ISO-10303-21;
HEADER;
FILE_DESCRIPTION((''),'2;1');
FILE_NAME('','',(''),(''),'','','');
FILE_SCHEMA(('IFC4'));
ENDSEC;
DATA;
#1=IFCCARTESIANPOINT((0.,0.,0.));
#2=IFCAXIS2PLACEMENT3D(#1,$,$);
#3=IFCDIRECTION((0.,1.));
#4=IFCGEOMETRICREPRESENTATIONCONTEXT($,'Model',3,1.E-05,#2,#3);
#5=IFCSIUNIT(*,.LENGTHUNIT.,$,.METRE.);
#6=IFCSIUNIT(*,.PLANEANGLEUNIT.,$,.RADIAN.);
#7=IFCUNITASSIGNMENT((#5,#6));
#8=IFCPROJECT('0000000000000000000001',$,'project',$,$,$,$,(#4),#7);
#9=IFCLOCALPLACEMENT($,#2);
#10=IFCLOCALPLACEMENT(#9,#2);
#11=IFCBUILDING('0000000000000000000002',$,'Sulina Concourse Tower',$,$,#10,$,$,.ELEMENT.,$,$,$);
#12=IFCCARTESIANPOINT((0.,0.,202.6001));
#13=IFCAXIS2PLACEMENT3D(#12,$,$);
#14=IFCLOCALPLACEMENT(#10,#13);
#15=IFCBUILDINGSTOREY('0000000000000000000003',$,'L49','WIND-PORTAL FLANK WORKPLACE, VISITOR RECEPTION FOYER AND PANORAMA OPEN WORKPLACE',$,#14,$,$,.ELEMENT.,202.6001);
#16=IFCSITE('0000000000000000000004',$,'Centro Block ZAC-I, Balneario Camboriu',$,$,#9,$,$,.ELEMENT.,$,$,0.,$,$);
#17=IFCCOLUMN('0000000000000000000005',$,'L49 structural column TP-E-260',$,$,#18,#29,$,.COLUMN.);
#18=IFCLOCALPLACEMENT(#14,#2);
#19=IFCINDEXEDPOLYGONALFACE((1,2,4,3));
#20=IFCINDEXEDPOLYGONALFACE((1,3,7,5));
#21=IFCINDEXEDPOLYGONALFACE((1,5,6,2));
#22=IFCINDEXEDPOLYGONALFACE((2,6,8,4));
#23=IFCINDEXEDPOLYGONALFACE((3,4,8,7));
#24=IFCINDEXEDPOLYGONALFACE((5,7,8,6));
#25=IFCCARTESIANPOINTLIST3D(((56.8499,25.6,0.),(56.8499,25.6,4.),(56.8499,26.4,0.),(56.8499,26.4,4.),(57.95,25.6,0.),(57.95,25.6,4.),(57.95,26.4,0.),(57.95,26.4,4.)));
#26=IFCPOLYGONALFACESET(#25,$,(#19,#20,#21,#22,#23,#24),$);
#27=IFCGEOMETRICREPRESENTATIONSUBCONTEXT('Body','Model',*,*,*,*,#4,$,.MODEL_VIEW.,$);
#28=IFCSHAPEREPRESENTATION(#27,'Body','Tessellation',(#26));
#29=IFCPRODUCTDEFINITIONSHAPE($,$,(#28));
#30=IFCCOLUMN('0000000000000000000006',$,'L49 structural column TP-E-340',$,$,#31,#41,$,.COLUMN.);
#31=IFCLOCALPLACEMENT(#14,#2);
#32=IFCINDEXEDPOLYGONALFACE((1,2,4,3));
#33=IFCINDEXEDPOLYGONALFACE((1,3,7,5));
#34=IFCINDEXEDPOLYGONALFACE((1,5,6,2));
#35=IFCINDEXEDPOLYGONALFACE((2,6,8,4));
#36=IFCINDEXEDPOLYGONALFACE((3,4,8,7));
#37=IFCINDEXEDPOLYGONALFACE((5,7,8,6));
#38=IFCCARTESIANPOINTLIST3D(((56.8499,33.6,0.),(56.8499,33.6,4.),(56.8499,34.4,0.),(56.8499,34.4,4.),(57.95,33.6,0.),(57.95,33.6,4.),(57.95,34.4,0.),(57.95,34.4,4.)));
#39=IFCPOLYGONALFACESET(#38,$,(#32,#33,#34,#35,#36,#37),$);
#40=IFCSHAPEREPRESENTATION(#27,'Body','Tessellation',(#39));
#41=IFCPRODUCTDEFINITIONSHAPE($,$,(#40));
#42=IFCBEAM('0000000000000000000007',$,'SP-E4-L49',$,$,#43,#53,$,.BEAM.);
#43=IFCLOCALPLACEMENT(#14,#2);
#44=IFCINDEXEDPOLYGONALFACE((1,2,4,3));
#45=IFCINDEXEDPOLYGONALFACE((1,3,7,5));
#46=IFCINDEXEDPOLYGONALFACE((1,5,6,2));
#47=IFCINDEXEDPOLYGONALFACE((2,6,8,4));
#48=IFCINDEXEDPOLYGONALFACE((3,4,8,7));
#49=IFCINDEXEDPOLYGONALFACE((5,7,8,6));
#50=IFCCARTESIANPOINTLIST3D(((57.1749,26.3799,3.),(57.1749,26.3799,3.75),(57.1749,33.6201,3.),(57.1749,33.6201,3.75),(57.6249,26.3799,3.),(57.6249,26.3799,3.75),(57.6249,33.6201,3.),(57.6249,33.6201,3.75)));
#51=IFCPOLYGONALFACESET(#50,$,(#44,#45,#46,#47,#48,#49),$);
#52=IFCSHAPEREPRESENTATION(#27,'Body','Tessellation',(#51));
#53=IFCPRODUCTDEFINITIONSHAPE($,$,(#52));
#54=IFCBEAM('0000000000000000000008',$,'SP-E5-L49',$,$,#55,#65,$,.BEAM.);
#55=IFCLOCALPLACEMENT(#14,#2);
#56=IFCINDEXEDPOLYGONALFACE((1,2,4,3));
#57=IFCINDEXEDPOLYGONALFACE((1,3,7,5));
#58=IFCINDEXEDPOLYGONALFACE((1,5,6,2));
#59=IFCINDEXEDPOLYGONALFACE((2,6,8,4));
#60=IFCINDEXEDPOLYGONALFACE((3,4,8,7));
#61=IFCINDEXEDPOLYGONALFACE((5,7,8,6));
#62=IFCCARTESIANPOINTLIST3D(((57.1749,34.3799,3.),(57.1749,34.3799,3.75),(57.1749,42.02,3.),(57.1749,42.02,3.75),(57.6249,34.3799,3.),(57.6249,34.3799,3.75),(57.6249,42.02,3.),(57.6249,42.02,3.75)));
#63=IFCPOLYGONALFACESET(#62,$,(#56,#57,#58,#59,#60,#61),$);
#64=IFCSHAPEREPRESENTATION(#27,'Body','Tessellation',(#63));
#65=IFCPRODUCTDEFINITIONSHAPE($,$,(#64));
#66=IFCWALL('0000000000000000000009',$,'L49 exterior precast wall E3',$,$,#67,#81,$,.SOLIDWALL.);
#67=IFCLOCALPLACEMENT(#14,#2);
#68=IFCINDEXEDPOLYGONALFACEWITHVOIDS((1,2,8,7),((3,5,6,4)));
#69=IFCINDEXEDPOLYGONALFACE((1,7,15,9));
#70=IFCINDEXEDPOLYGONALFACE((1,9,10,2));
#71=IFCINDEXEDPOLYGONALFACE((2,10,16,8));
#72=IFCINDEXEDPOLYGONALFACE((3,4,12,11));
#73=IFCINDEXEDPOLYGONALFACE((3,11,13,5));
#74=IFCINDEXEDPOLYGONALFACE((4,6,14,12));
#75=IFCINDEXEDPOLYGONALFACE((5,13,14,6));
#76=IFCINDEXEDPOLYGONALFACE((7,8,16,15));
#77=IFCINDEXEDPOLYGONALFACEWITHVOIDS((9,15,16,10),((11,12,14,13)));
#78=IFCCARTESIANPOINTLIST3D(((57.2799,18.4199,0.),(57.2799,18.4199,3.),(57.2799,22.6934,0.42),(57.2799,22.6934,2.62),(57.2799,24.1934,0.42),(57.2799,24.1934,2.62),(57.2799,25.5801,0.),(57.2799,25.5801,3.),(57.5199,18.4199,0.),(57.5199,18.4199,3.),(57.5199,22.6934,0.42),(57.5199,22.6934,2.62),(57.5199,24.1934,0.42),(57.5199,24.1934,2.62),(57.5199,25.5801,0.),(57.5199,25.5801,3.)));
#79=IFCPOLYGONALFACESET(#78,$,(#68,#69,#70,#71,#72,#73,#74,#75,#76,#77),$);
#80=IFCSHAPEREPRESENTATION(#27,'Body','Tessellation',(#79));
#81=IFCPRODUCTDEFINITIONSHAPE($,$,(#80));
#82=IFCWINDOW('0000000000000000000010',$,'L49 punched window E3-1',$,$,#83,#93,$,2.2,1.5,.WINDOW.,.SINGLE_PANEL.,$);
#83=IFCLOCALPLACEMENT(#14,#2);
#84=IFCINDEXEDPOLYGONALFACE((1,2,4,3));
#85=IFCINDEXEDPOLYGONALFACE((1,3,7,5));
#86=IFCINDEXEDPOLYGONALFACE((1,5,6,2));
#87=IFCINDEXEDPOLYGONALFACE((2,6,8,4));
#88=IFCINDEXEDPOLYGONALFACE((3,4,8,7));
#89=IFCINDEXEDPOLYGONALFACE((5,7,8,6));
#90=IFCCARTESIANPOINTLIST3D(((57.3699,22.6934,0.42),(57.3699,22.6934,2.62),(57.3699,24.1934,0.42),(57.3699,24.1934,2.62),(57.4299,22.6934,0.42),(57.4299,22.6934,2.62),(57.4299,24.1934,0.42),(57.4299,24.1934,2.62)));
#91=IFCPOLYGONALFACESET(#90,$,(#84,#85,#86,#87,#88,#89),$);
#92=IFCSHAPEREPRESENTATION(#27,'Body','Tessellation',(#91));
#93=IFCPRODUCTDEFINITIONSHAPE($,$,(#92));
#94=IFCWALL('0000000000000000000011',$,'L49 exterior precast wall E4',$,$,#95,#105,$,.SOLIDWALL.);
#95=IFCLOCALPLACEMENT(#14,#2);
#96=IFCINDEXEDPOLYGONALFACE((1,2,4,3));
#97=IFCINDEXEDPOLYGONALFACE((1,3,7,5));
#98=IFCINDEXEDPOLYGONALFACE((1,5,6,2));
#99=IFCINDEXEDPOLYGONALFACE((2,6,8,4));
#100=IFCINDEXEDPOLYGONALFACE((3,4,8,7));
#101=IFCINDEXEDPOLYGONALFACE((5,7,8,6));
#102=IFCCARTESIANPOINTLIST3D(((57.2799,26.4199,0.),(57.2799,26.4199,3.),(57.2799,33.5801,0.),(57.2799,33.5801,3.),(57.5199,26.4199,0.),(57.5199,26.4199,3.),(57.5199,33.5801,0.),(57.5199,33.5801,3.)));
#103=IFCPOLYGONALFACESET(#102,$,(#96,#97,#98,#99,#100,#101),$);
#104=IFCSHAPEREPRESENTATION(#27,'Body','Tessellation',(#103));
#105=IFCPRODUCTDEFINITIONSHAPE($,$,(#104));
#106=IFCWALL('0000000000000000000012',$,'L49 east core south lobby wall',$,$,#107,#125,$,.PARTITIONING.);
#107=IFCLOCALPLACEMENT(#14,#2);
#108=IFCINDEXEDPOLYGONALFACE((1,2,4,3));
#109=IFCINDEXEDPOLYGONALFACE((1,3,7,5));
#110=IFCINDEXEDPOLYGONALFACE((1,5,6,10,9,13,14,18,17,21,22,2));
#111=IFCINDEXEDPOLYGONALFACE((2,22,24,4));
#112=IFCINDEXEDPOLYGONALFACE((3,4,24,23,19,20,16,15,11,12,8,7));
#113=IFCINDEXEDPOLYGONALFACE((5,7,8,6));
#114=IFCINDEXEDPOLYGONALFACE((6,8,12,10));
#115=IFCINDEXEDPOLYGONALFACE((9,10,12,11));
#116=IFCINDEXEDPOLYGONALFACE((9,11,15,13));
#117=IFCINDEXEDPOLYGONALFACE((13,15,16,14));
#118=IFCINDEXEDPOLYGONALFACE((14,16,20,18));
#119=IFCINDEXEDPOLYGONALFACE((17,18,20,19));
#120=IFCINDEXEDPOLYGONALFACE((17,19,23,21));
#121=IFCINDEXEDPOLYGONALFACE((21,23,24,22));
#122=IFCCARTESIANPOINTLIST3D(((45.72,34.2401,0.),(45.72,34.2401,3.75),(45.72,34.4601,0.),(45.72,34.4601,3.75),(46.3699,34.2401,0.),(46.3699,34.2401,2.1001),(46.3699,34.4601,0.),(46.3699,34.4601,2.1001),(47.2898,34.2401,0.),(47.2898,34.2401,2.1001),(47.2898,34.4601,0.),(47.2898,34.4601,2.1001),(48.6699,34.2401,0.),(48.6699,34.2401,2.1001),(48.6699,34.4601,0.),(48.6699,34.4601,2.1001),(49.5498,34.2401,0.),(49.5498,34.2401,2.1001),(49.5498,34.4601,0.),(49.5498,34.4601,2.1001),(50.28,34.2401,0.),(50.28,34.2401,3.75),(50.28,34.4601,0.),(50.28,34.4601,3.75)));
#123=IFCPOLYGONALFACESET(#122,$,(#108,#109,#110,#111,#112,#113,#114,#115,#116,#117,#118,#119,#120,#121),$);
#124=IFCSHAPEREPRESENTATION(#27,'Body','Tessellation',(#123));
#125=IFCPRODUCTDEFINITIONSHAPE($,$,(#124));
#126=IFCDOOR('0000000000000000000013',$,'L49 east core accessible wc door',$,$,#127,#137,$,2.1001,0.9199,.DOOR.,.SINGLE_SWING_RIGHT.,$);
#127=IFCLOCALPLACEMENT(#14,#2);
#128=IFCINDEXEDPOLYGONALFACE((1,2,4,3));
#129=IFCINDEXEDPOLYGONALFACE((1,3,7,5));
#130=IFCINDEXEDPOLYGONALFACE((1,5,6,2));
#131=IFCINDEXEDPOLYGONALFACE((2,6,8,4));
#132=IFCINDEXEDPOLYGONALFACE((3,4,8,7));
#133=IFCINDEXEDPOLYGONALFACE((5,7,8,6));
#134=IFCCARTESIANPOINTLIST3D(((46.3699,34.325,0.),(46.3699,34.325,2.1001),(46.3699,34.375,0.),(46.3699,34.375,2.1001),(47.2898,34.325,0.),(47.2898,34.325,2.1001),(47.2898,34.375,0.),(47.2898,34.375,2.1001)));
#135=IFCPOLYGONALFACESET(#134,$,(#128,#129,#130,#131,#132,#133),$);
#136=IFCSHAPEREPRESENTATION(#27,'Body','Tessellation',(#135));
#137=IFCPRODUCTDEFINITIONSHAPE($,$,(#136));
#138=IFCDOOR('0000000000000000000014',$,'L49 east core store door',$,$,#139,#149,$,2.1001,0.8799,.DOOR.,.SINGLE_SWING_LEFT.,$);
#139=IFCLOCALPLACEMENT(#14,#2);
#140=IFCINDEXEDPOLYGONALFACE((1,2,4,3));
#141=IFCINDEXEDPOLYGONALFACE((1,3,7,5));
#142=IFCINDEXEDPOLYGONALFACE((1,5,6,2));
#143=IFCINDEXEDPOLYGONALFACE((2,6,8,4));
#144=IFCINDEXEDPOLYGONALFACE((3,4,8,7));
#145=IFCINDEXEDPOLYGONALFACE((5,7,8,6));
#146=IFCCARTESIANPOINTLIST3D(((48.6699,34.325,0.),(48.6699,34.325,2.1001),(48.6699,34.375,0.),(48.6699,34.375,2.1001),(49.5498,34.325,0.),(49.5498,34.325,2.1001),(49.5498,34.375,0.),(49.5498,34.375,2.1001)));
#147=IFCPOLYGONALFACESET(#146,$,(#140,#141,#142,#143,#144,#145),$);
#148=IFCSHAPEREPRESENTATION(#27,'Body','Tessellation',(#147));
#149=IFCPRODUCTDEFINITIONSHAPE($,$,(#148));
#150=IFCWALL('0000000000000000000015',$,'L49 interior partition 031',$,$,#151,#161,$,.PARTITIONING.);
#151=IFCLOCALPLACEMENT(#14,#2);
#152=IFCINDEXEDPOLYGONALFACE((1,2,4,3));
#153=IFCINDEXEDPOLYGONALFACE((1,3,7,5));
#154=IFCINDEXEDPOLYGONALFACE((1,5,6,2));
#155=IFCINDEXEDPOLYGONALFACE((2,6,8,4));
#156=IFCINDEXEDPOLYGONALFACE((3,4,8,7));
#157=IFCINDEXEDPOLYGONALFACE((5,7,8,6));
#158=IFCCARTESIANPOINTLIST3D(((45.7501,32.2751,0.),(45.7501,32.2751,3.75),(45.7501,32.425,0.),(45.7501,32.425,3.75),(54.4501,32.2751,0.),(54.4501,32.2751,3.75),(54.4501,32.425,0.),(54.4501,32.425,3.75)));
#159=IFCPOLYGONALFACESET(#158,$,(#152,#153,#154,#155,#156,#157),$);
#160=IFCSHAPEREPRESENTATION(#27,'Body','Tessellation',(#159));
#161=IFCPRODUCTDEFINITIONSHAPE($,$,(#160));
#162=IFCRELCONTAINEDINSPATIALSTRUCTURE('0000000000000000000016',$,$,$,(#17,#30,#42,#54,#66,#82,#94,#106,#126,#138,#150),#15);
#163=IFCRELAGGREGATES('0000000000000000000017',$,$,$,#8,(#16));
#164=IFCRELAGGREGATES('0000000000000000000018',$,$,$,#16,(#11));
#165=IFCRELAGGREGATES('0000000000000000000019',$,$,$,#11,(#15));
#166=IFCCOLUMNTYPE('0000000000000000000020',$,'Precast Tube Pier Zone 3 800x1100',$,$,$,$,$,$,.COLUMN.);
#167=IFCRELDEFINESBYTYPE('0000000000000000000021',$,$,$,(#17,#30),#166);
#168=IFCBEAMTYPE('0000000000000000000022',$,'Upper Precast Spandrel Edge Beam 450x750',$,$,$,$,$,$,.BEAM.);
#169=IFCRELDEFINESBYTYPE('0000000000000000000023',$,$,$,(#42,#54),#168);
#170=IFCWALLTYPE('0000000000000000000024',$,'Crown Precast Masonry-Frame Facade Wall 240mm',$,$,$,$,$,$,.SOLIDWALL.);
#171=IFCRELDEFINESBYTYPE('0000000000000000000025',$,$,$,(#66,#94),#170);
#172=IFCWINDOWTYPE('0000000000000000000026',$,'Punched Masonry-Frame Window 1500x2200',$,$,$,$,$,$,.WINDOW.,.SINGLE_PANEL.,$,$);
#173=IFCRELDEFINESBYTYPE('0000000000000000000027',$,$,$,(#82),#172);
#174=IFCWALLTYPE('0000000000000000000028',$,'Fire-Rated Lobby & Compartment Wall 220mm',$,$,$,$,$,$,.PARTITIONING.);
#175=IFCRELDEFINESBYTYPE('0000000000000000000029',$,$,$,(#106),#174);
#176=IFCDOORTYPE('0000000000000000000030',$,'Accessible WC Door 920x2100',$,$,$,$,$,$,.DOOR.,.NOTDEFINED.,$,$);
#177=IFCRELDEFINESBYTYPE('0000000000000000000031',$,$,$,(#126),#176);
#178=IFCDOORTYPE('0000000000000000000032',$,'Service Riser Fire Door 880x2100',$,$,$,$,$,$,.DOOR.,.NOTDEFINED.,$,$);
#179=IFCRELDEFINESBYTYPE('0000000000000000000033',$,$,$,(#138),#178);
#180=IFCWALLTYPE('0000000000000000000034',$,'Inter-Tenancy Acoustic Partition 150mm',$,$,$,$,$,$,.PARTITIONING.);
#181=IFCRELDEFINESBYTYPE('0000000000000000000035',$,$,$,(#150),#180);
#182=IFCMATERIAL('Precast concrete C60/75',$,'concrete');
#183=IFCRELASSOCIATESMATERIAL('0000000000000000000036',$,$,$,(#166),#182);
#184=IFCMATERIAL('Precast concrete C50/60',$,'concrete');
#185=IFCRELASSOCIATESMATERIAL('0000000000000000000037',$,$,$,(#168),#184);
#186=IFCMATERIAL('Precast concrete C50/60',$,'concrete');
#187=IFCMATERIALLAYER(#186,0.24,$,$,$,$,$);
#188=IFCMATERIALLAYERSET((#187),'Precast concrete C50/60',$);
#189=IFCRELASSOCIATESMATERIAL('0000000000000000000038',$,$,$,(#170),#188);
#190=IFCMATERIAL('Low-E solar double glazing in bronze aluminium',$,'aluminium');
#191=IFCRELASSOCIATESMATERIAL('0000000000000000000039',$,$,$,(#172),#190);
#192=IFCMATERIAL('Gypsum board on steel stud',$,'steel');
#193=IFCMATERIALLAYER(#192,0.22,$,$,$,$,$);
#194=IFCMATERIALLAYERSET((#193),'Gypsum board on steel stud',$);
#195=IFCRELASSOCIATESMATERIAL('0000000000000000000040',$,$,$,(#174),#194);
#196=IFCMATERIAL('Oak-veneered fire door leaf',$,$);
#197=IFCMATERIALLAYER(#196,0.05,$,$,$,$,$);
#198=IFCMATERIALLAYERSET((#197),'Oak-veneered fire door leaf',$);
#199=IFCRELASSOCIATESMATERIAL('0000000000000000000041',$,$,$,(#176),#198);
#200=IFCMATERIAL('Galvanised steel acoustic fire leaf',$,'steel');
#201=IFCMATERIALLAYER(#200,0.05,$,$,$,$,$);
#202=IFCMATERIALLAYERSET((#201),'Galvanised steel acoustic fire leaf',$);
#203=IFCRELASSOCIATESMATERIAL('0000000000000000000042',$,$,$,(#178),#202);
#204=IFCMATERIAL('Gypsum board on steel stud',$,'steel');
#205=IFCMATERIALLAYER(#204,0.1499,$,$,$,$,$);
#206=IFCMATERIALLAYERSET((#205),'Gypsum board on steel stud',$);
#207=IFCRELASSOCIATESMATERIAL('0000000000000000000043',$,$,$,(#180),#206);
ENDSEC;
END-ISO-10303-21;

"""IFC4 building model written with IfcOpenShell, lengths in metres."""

from ifc_helpers import new_model, si_unit, direction, frame, frame_2d, origin, origin_2d, place, context, subcontext, project, spatial, rectangle, extrude, material, layer, layer_set, material_profile, profile_set, type_object, element, fill, save


model = new_model("IFC4")

# Units and contexts
model_context = context("Model", 3, precision=1e-05, world=origin(), true_north=direction((0.0, 1.0)))
body_context = subcontext(model_context, "Body", "Model", "MODEL_VIEW")
ifc_project = project(units=[si_unit("LENGTHUNIT", "METRE"), si_unit("PLANEANGLEUNIT", "RADIAN")], contexts=[model_context])

# Site, building, storey
site_placement = place(None, origin())
site = spatial("IfcSite", under=ifc_project, at=site_placement, Name="Centro Block ZAC-I, Balneario Camboriu", CompositionType="ELEMENT", RefElevation=0.0)
building_placement = place(site_placement, origin())
building = spatial("IfcBuilding", under=site, at=building_placement, Name="Sulina Concourse Tower", CompositionType="ELEMENT")
storey_placement = place(building_placement, frame((0.0, 0.0, 202.6001)))
storey = spatial("IfcBuildingStorey", under=building, at=storey_placement, Name="L49", Description="WIND-PORTAL FLANK WORKPLACE, VISITOR RECEPTION FOYER AND PANORAMA OPEN WORKPLACE", CompositionType="ELEMENT", Elevation=202.6001)

# Columns
ifc_material_1 = material(Name="Precast concrete C60/75", Category="concrete")
ifc_material_profile_1 = material_profile(ifc_material_1, rectangle(XDim=0.8, YDim=1.1001, at=origin_2d()), Name="PC 800x1100")
ifc_profile_set_1 = profile_set([ifc_material_profile_1], Name="Precast concrete C60/75")
column_type = type_object("IfcColumnType", Name="Precast Tube Pier Zone 3 800x1100", PredefinedType="COLUMN", material=ifc_profile_set_1)
for number, where, z_axis, x_axis, name in (
    (1, (57.3999, 26.0, 0.0), (0.0, 0.0, 1.0), (0.0, 1.0, 0.0), "L49 structural column TP-E-260"),
    (2, (57.3999, 34.0, 0.0), (0.0, 0.0, 1.0), (0.0, 1.0, 0.0), "L49 structural column TP-E-340"),
):
    element("IfcColumn", number, at=place(storey_placement, frame(where, z_axis=z_axis, x_axis=x_axis)), inside=storey, type_object=column_type, Name=name, PredefinedType="COLUMN", context=body_context, shape_type="SweptSolid", body=[
        extrude(rectangle(XDim=0.8, YDim=1.1001, at=origin_2d()), origin(), (0.0, 0.0, 1.0), 4.0),
    ])

# Beams
ifc_material_2 = material(Name="Precast concrete C50/60", Category="concrete")
ifc_material_profile_2 = material_profile(ifc_material_2, rectangle(XDim=0.45, YDim=0.75, at=origin_2d()), Name="RC 450x750")
ifc_profile_set_2 = profile_set([ifc_material_profile_2], Name="Precast concrete C50/60")
beam_type = type_object("IfcBeamType", Name="Upper Precast Spandrel Edge Beam 450x750", PredefinedType="BEAM", material=ifc_profile_set_2)
beam_1_placement = place(storey_placement, frame((57.3999, 26.3799, 3.375), z_axis=(0.0, 1.0, 0.0), x_axis=(-1.0, 0.0, 0.0)))
element("IfcBeam", 3, at=beam_1_placement, inside=storey, type_object=beam_type, Name="SP-E4-L49", PredefinedType="BEAM", context=body_context, shape_type="SweptSolid", body=[
    extrude(rectangle(XDim=0.45, YDim=0.75, at=origin_2d()), origin(), (0.0, 0.0, 1.0), 7.2402),
])
beam_2_placement = place(storey_placement, frame((57.3999, 34.3799, 3.375), z_axis=(0.0, 1.0, 0.0), x_axis=(-1.0, 0.0, 0.0)))
element("IfcBeam", 4, at=beam_2_placement, inside=storey, type_object=beam_type, Name="SP-E5-L49", PredefinedType="BEAM", context=body_context, shape_type="SweptSolid", body=[
    extrude(rectangle(XDim=0.45, YDim=0.75, at=origin_2d()), origin(), (0.0, 0.0, 1.0), 7.6401),
])

# Wall, opening, window
ifc_material_3 = material(Name="Precast concrete C50/60", Category="concrete")
ifc_layer_1 = layer(ifc_material_3, 0.24)
ifc_layer_set_1 = layer_set([ifc_layer_1], Name="Precast concrete C50/60")
wall_type_1 = type_object("IfcWallType", Name="Crown Precast Masonry-Frame Facade Wall 240mm", PredefinedType="SOLIDWALL", material=ifc_layer_set_1)
wall_1_placement = place(storey_placement, frame((57.3999, 25.5801, 0.0), z_axis=(0.0, 0.0, 1.0), x_axis=(0.0, -1.0, 0.0)))
wall_1 = element("IfcWall", 5, at=wall_1_placement, inside=storey, type_object=wall_type_1, Name="L49 exterior precast wall E3", PredefinedType="SOLIDWALL", context=body_context, shape_type="SweptSolid", body=[
    extrude(rectangle(XDim=7.1602, YDim=0.24, at=frame_2d((3.5801, 0.0))), origin(), (0.0, 0.0, 1.0), 3.0),
])
opening_1_placement = place(wall_1_placement, frame((1.3867, 0.0, 0.4199)))
opening_1 = element("IfcOpeningElement", 6, at=opening_1_placement, cuts=wall_1, PredefinedType="OPENING", context=body_context, shape_type="SweptSolid", body=[
    extrude(rectangle(XDim=1.5, YDim=2.2, at=frame_2d((0.75, 1.1001))), frame((0.0, 0.1299, 0.0), z_axis=(0.0, -1.0, 0.0), x_axis=(1.0, 0.0, 0.0)), (0.0, 0.0, 1.0), 0.26),
])
ifc_material_4 = material(Name="Low-E solar double glazing in bronze aluminium", Category="aluminium")
window_type = type_object("IfcWindowType", Name="Punched Masonry-Frame Window 1500x2200", PartitioningType="SINGLE_PANEL", PredefinedType="WINDOW", material=ifc_material_4)
window_placement = place(opening_1_placement, origin())
window = element("IfcWindow", 7, at=window_placement, inside=storey, type_object=window_type, Name="L49 punched window E3-1", OverallHeight=2.2, OverallWidth=1.5, PartitioningType="SINGLE_PANEL", PredefinedType="WINDOW", context=body_context, shape_type="SweptSolid", body=[
    extrude(rectangle(XDim=1.5, YDim=2.2, at=frame_2d((0.75, 1.1001))), frame((0.0, 0.03, 0.0), z_axis=(0.0, -1.0, 0.0), x_axis=(1.0, 0.0, 0.0)), (0.0, 0.0, 1.0), 0.0601),
])
fill(opening_1, window)

# Wall
wall_2_placement = place(storey_placement, frame((57.3999, 33.5801, 0.0), z_axis=(0.0, 0.0, 1.0), x_axis=(0.0, -1.0, 0.0)))
element("IfcWall", 8, at=wall_2_placement, inside=storey, type_object=wall_type_1, Name="L49 exterior precast wall E4", PredefinedType="SOLIDWALL", context=body_context, shape_type="SweptSolid", body=[
    extrude(rectangle(XDim=7.1602, YDim=0.24, at=frame_2d((3.5801, 0.0))), origin(), (0.0, 0.0, 1.0), 3.0),
])

# Wall, openings, doors
ifc_material_5 = material(Name="Gypsum board on steel stud", Category="steel")
ifc_layer_2 = layer(ifc_material_5, 0.22)
ifc_layer_set_2 = layer_set([ifc_layer_2], Name="Gypsum board on steel stud")
wall_type_2 = type_object("IfcWallType", Name="Fire-Rated Lobby & Compartment Wall 220mm", PredefinedType="PARTITIONING", material=ifc_layer_set_2)
wall_3_placement = place(storey_placement, frame((45.72, 34.3501, 0.0), z_axis=(0.0, 0.0, 1.0), x_axis=(1.0, 0.0, 0.0)))
wall_3 = element("IfcWall", 9, at=wall_3_placement, inside=storey, type_object=wall_type_2, Name="L49 east core south lobby wall", PredefinedType="PARTITIONING", context=body_context, shape_type="SweptSolid", body=[
    extrude(rectangle(XDim=4.5601, YDim=0.22, at=frame_2d((2.28, 0.0))), origin(), (0.0, 0.0, 1.0), 3.75),
])
opening_2_placement = place(wall_3_placement, frame((0.6499, 0.0, 0.0)))
opening_2 = element("IfcOpeningElement", 10, at=opening_2_placement, cuts=wall_3, PredefinedType="OPENING", context=body_context, shape_type="SweptSolid", body=[
    extrude(rectangle(XDim=0.9199, YDim=2.1001, at=frame_2d((0.46, 1.05))), frame((0.0, 0.1199, 0.0), z_axis=(0.0, -1.0, 0.0), x_axis=(1.0, 0.0, 0.0)), (0.0, 0.0, 1.0), 0.24),
])
opening_3_placement = place(wall_3_placement, frame((2.95, 0.0, 0.0)))
opening_3 = element("IfcOpeningElement", 11, at=opening_3_placement, cuts=wall_3, PredefinedType="OPENING", context=body_context, shape_type="SweptSolid", body=[
    extrude(rectangle(XDim=0.8799, YDim=2.1001, at=frame_2d((0.4399, 1.05))), frame((0.0, 0.1199, 0.0), z_axis=(0.0, -1.0, 0.0), x_axis=(1.0, 0.0, 0.0)), (0.0, 0.0, 1.0), 0.24),
])
ifc_material_6 = material(Name="Oak-veneered fire door leaf")
ifc_layer_3 = layer(ifc_material_6, 0.05)
ifc_layer_set_3 = layer_set([ifc_layer_3], Name="Oak-veneered fire door leaf")
door_type_1 = type_object("IfcDoorType", Name="Accessible WC Door 920x2100", OperationType="NOTDEFINED", PredefinedType="DOOR", material=ifc_layer_set_3)
door_1_placement = place(opening_2_placement, origin())
door_1 = element("IfcDoor", 12, at=door_1_placement, inside=storey, type_object=door_type_1, Name="L49 east core accessible wc door", OperationType="SINGLE_SWING_RIGHT", OverallHeight=2.1001, OverallWidth=0.9199, PredefinedType="DOOR", context=body_context, shape_type="SweptSolid", body=[
    extrude(rectangle(XDim=0.9199, YDim=2.1001, at=frame_2d((0.46, 1.05))), frame((0.0, 0.0249, 0.0), z_axis=(0.0, -1.0, 0.0), x_axis=(1.0, 0.0, 0.0)), (0.0, 0.0, 1.0), 0.05),
])
fill(opening_2, door_1)
ifc_material_7 = material(Name="Galvanised steel acoustic fire leaf", Category="steel")
ifc_layer_4 = layer(ifc_material_7, 0.05)
ifc_layer_set_4 = layer_set([ifc_layer_4], Name="Galvanised steel acoustic fire leaf")
door_type_2 = type_object("IfcDoorType", Name="Service Riser Fire Door 880x2100", OperationType="NOTDEFINED", PredefinedType="DOOR", material=ifc_layer_set_4)
door_2_placement = place(opening_3_placement, origin())
door_2 = element("IfcDoor", 13, at=door_2_placement, inside=storey, type_object=door_type_2, Name="L49 east core store door", OperationType="SINGLE_SWING_LEFT", OverallHeight=2.1001, OverallWidth=0.8799, PredefinedType="DOOR", context=body_context, shape_type="SweptSolid", body=[
    extrude(rectangle(XDim=0.8799, YDim=2.1001, at=frame_2d((0.4399, 1.05))), frame((0.0, 0.0249, 0.0), z_axis=(0.0, -1.0, 0.0), x_axis=(1.0, 0.0, 0.0)), (0.0, 0.0, 1.0), 0.05),
])
fill(opening_3, door_2)

# Wall
ifc_material_8 = material(Name="Gypsum board on steel stud", Category="steel")
ifc_layer_5 = layer(ifc_material_8, 0.1499)
ifc_layer_set_5 = layer_set([ifc_layer_5], Name="Gypsum board on steel stud")
wall_type_3 = type_object("IfcWallType", Name="Inter-Tenancy Acoustic Partition 150mm", PredefinedType="PARTITIONING", material=ifc_layer_set_5)
wall_4_placement = place(storey_placement, frame((45.75, 32.3501, 0.0), z_axis=(0.0, 0.0, 1.0), x_axis=(1.0, 0.0, 0.0)))
element("IfcWall", 14, at=wall_4_placement, inside=storey, type_object=wall_type_3, Name="L49 interior partition 031", PredefinedType="PARTITIONING", context=body_context, shape_type="SweptSolid", body=[
    extrude(rectangle(XDim=8.7, YDim=0.1499, at=frame_2d((4.3501, 0.0))), origin(), (0.0, 0.0, 1.0), 3.75),
])

save(model, "model.ifc")
